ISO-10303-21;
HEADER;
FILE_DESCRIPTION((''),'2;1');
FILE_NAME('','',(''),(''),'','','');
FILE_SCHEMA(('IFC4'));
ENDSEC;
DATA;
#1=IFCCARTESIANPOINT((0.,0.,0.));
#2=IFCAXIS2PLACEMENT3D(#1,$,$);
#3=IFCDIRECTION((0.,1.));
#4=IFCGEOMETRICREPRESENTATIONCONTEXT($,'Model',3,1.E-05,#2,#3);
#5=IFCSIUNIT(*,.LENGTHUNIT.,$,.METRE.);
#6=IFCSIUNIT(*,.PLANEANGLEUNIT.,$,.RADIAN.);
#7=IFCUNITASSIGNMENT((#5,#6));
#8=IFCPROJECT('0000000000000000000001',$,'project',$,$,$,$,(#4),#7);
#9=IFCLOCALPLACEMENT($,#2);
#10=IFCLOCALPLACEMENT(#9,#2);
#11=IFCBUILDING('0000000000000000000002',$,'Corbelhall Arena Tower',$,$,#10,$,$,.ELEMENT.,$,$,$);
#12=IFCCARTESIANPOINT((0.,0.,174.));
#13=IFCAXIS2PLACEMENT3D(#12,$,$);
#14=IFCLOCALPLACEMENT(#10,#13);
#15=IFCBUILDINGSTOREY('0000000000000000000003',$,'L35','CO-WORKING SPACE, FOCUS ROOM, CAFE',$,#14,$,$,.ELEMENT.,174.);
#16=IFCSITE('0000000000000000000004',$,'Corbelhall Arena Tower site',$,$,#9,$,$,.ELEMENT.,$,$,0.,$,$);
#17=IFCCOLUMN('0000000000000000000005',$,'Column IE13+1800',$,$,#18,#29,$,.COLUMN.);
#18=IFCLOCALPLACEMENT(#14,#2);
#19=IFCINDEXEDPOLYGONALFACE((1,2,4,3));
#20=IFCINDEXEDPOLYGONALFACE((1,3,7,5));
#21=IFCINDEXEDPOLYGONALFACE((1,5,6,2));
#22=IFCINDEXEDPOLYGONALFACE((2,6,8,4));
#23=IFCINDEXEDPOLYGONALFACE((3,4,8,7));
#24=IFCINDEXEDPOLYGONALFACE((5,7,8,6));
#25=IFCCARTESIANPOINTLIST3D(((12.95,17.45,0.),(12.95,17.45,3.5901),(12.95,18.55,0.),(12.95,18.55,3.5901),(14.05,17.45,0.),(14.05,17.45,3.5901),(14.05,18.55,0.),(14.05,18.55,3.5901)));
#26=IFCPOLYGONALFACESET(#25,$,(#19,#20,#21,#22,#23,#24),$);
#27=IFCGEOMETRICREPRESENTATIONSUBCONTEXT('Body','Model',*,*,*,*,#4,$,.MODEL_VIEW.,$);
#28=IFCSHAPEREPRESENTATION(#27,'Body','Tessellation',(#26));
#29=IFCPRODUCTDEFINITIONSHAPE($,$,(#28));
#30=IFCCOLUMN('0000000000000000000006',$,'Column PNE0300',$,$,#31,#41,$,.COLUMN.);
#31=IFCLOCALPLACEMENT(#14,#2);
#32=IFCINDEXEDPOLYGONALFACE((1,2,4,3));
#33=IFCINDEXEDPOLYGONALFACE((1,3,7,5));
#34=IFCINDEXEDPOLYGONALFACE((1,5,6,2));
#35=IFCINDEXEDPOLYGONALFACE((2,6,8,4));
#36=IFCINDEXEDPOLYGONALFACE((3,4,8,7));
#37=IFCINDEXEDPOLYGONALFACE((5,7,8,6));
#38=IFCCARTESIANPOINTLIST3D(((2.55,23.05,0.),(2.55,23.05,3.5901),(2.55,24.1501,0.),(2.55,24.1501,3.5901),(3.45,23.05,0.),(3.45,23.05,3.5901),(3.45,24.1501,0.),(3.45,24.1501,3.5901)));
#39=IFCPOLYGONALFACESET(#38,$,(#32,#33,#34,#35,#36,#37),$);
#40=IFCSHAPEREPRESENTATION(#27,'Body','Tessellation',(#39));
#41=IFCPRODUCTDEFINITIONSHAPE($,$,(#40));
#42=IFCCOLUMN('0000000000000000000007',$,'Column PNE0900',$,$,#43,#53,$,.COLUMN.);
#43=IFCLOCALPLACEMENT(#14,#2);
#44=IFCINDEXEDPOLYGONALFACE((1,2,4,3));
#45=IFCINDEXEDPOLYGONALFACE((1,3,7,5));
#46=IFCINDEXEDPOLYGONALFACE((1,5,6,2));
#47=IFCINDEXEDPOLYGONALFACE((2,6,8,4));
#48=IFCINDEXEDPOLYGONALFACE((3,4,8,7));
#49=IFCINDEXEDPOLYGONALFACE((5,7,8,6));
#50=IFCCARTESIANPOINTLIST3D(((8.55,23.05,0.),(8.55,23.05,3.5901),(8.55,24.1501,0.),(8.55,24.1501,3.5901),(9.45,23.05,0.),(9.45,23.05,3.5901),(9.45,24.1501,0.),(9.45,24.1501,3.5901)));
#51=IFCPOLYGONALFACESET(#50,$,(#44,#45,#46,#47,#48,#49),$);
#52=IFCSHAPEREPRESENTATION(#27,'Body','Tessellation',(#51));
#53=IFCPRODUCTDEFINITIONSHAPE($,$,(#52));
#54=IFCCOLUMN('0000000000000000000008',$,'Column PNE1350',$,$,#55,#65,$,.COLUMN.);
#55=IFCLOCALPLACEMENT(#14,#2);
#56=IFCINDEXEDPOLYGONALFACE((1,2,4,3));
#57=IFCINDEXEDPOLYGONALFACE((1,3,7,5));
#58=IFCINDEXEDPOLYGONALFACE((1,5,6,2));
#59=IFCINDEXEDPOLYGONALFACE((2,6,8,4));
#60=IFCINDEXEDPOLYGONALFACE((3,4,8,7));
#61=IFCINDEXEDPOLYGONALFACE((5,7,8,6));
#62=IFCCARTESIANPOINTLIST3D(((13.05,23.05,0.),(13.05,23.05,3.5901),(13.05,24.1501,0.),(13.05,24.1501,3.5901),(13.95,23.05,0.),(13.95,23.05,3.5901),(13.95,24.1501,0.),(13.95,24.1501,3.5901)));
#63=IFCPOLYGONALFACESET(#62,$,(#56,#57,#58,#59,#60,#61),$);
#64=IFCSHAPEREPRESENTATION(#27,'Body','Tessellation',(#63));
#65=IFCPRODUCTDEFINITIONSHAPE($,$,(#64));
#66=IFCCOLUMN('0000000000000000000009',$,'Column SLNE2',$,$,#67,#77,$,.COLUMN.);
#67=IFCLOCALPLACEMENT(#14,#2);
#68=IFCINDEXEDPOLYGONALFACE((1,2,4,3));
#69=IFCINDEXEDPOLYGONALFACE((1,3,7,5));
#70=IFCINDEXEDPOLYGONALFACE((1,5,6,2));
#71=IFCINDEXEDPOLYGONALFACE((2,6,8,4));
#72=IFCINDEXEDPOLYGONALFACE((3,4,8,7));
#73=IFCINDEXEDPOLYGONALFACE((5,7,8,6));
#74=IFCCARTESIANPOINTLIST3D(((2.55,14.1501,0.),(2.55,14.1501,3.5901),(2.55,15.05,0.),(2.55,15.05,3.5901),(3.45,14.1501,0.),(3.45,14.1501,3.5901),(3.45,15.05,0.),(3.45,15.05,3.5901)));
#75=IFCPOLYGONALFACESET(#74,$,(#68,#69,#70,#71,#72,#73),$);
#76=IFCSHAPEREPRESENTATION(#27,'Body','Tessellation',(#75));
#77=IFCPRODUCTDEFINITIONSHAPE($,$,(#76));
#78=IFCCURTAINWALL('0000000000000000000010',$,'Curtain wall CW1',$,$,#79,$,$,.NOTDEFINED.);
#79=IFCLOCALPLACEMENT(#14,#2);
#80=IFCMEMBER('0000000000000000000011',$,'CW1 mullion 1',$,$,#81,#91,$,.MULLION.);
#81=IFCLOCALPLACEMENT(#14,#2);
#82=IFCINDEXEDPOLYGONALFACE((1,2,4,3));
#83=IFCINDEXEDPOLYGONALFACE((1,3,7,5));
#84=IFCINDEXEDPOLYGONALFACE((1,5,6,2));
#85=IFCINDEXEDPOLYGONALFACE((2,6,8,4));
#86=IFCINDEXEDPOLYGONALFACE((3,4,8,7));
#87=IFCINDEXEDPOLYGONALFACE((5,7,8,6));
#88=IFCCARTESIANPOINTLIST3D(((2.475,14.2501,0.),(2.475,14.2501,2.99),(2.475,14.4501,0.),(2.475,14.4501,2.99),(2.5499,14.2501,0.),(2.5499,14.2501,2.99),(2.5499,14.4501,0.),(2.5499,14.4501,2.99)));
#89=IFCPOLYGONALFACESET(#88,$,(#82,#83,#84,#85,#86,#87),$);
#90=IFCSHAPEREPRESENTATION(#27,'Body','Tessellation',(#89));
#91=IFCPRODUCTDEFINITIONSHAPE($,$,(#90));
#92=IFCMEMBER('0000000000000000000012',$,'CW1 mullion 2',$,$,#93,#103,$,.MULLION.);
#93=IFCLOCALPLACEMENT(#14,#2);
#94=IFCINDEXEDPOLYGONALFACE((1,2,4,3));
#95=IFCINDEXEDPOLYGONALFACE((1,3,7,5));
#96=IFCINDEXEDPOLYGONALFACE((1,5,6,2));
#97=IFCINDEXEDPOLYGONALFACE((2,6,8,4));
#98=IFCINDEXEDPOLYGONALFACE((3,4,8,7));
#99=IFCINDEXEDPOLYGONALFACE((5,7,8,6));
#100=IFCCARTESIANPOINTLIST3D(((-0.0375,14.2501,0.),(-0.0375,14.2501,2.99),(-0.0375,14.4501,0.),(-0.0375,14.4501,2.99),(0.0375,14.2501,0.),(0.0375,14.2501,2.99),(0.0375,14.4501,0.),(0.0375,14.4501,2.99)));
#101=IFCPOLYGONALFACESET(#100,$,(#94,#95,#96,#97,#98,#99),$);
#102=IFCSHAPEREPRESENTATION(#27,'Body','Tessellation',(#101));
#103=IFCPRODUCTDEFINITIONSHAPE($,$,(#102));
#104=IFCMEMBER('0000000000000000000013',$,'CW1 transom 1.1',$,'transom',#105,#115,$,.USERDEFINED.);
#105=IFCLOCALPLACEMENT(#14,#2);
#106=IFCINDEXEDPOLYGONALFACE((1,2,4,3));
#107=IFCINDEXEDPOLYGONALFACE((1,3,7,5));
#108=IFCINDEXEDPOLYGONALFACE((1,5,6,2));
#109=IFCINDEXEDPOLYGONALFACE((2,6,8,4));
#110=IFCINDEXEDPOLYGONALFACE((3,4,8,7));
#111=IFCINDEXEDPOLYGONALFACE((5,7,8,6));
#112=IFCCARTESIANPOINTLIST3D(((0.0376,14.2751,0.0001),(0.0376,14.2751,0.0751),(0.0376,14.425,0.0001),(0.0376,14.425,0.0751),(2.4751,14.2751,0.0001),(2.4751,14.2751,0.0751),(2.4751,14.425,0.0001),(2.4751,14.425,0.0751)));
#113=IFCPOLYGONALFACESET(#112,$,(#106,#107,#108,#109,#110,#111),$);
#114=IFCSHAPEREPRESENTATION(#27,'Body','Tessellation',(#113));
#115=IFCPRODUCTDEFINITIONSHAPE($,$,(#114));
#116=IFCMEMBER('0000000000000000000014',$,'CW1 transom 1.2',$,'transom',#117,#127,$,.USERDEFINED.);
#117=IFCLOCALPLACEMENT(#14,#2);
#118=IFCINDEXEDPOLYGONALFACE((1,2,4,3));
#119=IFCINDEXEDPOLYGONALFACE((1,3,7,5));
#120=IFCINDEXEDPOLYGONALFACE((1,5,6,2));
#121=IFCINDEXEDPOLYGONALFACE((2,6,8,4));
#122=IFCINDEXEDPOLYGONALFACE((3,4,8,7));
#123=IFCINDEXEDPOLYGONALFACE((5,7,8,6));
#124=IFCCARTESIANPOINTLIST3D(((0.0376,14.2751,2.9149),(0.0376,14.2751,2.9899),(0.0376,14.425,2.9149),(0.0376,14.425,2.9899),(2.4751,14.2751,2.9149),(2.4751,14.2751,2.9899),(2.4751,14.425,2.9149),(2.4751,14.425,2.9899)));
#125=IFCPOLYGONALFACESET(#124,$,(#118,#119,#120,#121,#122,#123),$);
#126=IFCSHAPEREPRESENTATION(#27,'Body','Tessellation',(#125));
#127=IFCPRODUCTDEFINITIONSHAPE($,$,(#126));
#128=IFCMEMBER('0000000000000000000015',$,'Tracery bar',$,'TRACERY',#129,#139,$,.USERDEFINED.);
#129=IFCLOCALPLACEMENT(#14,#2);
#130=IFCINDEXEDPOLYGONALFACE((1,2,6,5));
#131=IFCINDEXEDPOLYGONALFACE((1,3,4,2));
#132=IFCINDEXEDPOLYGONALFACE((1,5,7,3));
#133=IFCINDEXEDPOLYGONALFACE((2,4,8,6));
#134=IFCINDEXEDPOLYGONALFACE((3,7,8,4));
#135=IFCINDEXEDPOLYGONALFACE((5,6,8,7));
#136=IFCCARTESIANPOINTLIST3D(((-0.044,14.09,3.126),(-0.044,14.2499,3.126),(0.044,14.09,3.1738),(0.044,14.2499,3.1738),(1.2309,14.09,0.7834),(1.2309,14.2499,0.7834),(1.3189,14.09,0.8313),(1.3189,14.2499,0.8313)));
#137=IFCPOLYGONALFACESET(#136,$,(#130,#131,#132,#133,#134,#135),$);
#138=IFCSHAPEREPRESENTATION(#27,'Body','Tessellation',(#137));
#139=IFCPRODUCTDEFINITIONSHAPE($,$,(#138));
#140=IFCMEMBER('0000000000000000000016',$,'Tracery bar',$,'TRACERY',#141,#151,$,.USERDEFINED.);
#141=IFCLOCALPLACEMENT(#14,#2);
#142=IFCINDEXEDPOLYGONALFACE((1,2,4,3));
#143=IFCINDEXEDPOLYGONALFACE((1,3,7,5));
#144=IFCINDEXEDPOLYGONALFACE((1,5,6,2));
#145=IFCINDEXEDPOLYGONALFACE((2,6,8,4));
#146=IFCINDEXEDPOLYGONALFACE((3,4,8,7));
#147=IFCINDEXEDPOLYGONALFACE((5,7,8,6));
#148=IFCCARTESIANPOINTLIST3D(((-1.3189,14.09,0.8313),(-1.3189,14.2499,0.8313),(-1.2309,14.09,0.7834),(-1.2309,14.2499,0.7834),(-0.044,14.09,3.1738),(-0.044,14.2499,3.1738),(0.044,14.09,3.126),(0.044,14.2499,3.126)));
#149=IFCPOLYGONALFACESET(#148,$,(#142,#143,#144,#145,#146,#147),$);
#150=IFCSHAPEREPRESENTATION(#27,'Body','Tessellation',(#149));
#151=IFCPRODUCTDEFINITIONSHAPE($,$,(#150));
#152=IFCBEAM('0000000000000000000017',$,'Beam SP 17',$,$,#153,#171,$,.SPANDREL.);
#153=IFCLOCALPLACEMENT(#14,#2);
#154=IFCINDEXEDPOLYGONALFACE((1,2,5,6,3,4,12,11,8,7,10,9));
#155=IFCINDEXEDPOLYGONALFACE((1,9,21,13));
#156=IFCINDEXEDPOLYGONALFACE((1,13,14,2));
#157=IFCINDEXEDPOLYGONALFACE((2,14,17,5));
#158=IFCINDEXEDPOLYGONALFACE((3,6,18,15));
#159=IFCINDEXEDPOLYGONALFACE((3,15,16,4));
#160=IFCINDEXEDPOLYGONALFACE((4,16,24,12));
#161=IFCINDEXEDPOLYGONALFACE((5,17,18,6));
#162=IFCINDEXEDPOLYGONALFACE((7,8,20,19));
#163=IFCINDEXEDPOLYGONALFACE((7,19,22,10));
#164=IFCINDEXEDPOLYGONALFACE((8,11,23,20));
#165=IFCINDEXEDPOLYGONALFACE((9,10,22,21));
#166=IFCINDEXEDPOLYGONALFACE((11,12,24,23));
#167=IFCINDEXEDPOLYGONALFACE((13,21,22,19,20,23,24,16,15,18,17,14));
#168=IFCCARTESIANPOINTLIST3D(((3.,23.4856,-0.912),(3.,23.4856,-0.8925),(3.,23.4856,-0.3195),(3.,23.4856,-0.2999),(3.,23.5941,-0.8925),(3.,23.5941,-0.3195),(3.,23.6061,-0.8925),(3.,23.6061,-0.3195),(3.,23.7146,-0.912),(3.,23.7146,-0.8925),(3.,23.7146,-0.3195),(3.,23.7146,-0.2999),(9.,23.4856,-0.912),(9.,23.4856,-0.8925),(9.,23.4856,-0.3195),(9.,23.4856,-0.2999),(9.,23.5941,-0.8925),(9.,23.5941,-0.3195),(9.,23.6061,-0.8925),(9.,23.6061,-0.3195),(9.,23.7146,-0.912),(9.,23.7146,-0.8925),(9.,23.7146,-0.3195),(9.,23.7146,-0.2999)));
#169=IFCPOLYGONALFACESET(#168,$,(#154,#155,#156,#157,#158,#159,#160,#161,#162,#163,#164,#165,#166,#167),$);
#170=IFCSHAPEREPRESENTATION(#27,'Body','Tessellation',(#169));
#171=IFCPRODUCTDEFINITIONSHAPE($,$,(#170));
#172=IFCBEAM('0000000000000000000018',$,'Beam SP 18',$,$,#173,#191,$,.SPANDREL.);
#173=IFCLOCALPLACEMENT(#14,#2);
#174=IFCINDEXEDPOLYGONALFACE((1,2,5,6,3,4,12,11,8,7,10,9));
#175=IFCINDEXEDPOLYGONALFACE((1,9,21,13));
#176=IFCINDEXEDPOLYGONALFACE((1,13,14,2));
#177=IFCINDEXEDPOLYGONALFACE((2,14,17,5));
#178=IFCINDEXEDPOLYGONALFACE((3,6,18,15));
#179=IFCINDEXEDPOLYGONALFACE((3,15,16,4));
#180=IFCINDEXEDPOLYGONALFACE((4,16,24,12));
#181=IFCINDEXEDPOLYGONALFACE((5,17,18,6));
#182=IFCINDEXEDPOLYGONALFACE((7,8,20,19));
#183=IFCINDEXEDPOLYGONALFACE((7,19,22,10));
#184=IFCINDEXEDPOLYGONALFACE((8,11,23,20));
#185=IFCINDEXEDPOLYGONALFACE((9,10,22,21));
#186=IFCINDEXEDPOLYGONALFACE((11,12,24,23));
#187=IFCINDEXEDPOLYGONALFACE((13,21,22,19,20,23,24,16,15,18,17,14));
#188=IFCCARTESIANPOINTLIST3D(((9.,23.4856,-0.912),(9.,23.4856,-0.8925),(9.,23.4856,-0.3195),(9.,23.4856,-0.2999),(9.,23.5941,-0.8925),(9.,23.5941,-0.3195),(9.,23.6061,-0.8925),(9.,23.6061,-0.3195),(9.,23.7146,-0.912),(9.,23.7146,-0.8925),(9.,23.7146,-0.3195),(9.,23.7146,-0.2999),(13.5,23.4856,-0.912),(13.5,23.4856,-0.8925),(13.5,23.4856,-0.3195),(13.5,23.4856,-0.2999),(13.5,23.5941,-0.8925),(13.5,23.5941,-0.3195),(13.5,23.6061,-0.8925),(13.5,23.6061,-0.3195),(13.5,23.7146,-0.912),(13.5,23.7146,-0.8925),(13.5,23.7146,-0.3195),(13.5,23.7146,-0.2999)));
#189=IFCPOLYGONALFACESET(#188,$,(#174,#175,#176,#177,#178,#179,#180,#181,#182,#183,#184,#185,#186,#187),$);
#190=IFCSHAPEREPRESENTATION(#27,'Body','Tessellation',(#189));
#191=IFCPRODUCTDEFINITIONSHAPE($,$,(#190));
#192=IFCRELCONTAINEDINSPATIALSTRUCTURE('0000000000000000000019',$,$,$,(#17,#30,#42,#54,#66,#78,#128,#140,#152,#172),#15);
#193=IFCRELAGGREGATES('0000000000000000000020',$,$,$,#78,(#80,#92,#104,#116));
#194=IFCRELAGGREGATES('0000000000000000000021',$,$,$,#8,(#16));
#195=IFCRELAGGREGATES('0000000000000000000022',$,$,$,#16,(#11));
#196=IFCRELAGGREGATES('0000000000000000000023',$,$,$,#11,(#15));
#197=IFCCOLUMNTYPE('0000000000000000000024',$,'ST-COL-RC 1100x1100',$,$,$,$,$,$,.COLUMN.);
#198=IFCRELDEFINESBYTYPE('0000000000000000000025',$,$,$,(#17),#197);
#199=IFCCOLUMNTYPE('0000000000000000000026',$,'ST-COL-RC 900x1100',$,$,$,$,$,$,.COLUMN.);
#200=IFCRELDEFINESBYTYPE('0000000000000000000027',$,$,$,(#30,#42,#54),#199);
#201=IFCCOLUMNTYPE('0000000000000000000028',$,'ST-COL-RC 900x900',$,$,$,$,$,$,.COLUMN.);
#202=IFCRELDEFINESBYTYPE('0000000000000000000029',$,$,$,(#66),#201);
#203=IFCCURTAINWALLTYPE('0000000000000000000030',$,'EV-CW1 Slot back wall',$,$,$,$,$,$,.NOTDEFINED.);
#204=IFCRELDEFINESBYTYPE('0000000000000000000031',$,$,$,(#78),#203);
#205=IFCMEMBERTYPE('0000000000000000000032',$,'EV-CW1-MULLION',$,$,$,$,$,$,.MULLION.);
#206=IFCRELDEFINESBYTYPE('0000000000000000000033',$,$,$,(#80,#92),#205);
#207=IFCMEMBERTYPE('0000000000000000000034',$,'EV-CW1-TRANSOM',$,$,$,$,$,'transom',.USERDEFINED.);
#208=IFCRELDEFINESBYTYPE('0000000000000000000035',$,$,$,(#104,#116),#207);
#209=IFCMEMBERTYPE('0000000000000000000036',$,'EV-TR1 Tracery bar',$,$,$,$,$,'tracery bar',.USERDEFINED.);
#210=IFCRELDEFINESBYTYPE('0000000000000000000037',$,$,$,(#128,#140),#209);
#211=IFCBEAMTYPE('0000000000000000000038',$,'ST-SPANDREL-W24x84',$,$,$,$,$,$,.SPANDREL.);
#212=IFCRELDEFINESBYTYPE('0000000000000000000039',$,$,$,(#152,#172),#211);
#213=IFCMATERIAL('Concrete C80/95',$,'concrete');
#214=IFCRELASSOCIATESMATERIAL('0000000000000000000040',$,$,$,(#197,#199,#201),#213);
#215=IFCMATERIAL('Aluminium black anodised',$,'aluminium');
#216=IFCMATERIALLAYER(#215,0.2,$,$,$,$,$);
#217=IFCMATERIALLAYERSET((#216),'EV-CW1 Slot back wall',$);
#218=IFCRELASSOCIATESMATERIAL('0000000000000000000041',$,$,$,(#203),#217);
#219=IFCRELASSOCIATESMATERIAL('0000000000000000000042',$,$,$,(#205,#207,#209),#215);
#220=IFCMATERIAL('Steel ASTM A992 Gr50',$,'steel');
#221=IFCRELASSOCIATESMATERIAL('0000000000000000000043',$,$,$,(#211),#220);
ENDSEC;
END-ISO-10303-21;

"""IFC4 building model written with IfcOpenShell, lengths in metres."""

from ifc_helpers import new_model, si_unit, direction, frame, origin, origin_2d, place, context, subcontext, project, spatial, rectangle, i_section, extrude, material, layer, layer_set, material_profile, profile_set, type_object, element, aggregate, save


model = new_model("IFC4")

# Units and contexts
model_context = context("Model", 3, precision=1e-05, world=origin(), true_north=direction((0.0, 1.0)))
body_context = subcontext(model_context, "Body", "Model", "MODEL_VIEW")
ifc_project = project(units=[si_unit("LENGTHUNIT", "METRE"), si_unit("PLANEANGLEUNIT", "RADIAN")], contexts=[model_context])

# Site, building, storey
site_placement = place(None, origin())
site = spatial("IfcSite", under=ifc_project, at=site_placement, Name="Corbelhall Arena Tower site", CompositionType="ELEMENT", RefElevation=0.0)
building_placement = place(site_placement, origin())
building = spatial("IfcBuilding", under=site, at=building_placement, Name="Corbelhall Arena Tower", CompositionType="ELEMENT")
storey_placement = place(building_placement, frame((0.0, 0.0, 174.0)))
storey = spatial("IfcBuildingStorey", under=building, at=storey_placement, Name="L35", Description="CO-WORKING SPACE, FOCUS ROOM, CAFE", CompositionType="ELEMENT", Elevation=174.0)

# Columns
ifc_material_1 = material(Name="Concrete C80/95", Category="concrete")
ifc_material_profile_1 = material_profile(ifc_material_1, rectangle(XDim=1.1001, YDim=1.1001, at=origin_2d()))
ifc_profile_set_1 = profile_set([ifc_material_profile_1], Name="Concrete C80/95")
column_type_1 = type_object("IfcColumnType", Name="ST-COL-RC 1100x1100", PredefinedType="COLUMN", material=ifc_profile_set_1)
column_1_placement = place(storey_placement, frame((13.5, 18.0, 0.0), z_axis=(0.0, 0.0, 1.0), x_axis=(1.0, 0.0, 0.0)))
element("IfcColumn", 1, at=column_1_placement, inside=storey, type_object=column_type_1, Name="Column IE13+1800", PredefinedType="COLUMN", context=body_context, shape_type="SweptSolid", body=[
    extrude(rectangle(XDim=1.1001, YDim=1.1001, at=origin_2d()), origin(), (0.0, 0.0, 1.0), 3.5901),
])
ifc_material_profile_2 = material_profile(ifc_material_1, rectangle(XDim=0.8999, YDim=1.1001, at=origin_2d()))
ifc_profile_set_2 = profile_set([ifc_material_profile_2], Name="Concrete C80/95")
column_type_2 = type_object("IfcColumnType", Name="ST-COL-RC 900x1100", PredefinedType="COLUMN", material=ifc_profile_set_2)
for number, where, z_axis, x_axis, name in (
    (2, (3.0, 23.6001, 0.0), (0.0, 0.0, 1.0), (1.0, 0.0, 0.0), "Column PNE0300"),
    (3, (9.0, 23.6001, 0.0), (0.0, 0.0, 1.0), (1.0, 0.0, 0.0), "Column PNE0900"),
    (4, (13.5, 23.6001, 0.0), (0.0, 0.0, 1.0), (1.0, 0.0, 0.0), "Column PNE1350"),
):
    element("IfcColumn", number, at=place(storey_placement, frame(where, z_axis=z_axis, x_axis=x_axis)), inside=storey, type_object=column_type_2, Name=name, PredefinedType="COLUMN", context=body_context, shape_type="SweptSolid", body=[
        extrude(rectangle(XDim=0.8999, YDim=1.1001, at=origin_2d()), origin(), (0.0, 0.0, 1.0), 3.5901),
    ])
ifc_material_profile_3 = material_profile(ifc_material_1, rectangle(XDim=0.8999, YDim=0.8999, at=origin_2d()))
ifc_profile_set_3 = profile_set([ifc_material_profile_3], Name="Concrete C80/95")
column_type_3 = type_object("IfcColumnType", Name="ST-COL-RC 900x900", PredefinedType="COLUMN", material=ifc_profile_set_3)
column_2_placement = place(storey_placement, frame((3.0, 14.6001, 0.0), z_axis=(0.0, 0.0, 1.0), x_axis=(1.0, 0.0, 0.0)))
element("IfcColumn", 5, at=column_2_placement, inside=storey, type_object=column_type_3, Name="Column SLNE2", PredefinedType="COLUMN", context=body_context, shape_type="SweptSolid", body=[
    extrude(rectangle(XDim=0.8999, YDim=0.8999, at=origin_2d()), origin(), (0.0, 0.0, 1.0), 3.5901),
])

# Curtain wall, members
ifc_material_2 = material(Name="Aluminium black anodised", Category="aluminium")
ifc_layer_1 = layer(ifc_material_2, 0.2)
ifc_layer_set_1 = layer_set([ifc_layer_1], Name="EV-CW1 Slot back wall")
curtain_wall_type = type_object("IfcCurtainWallType", Name="EV-CW1 Slot back wall", PredefinedType="NOTDEFINED", material=ifc_layer_set_1)
curtain_wall_placement = place(storey_placement, origin())
curtain_wall = element("IfcCurtainWall", 6, at=curtain_wall_placement, inside=storey, type_object=curtain_wall_type, Name="Curtain wall CW1", PredefinedType="NOTDEFINED")
ifc_material_profile_4 = material_profile(ifc_material_2, rectangle(XDim=0.2, YDim=0.075, at=origin_2d()))
ifc_profile_set_4 = profile_set([ifc_material_profile_4], Name="Aluminium black anodised")
member_type_1 = type_object("IfcMemberType", Name="EV-CW1-MULLION", PredefinedType="MULLION", material=ifc_profile_set_4)
member_1_placement = place(storey_placement, frame((2.5125, 14.3501, 0.0), z_axis=(0.0, 0.0, 1.0), x_axis=(0.0, -1.0, 0.0)))
member_1 = element("IfcMember", 7, at=member_1_placement, type_object=member_type_1, Name="CW1 mullion 1", PredefinedType="MULLION", context=body_context, shape_type="SweptSolid", body=[
    extrude(rectangle(XDim=0.2, YDim=0.075, at=origin_2d()), origin(), (0.0, 0.0, 1.0), 2.99),
])
member_2_placement = place(storey_placement, frame((0.0, 14.3501, 0.0), z_axis=(0.0, 0.0, 1.0), x_axis=(0.0, -1.0, 0.0)))
member_2 = element("IfcMember", 8, at=member_2_placement, type_object=member_type_1, Name="CW1 mullion 2", PredefinedType="MULLION", context=body_context, shape_type="SweptSolid", body=[
    extrude(rectangle(XDim=0.2, YDim=0.075, at=origin_2d()), origin(), (0.0, 0.0, 1.0), 2.99),
])
ifc_material_profile_5 = material_profile(ifc_material_2, rectangle(XDim=0.1499, YDim=0.075, at=origin_2d()))
ifc_profile_set_5 = profile_set([ifc_material_profile_5], Name="Aluminium black anodised")
member_type_2 = type_object("IfcMemberType", Name="EV-CW1-TRANSOM", ElementType="transom", PredefinedType="USERDEFINED", material=ifc_profile_set_5)
member_3_placement = place(storey_placement, frame((2.4751, 14.3501, 0.0376), z_axis=(-1.0, 0.0, 0.0), x_axis=(0.0, -1.0, 0.0)))
member_3 = element("IfcMember", 9, at=member_3_placement, type_object=member_type_2, Name="CW1 transom 1.1", ObjectType="transom", PredefinedType="USERDEFINED", context=body_context, shape_type="SweptSolid", body=[
    extrude(rectangle(XDim=0.1499, YDim=0.075, at=origin_2d()), origin(), (0.0, 0.0, 1.0), 2.4375),
])
member_4_placement = place(storey_placement, frame((2.4751, 14.3501, 2.9524), z_axis=(-1.0, 0.0, 0.0), x_axis=(0.0, -1.0, 0.0)))
member_4 = element("IfcMember", 10, at=member_4_placement, type_object=member_type_2, Name="CW1 transom 1.2", ObjectType="transom", PredefinedType="USERDEFINED", context=body_context, shape_type="SweptSolid", body=[
    extrude(rectangle(XDim=0.1499, YDim=0.075, at=origin_2d()), origin(), (0.0, 0.0, 1.0), 2.4375),
])

# Members
ifc_material_profile_6 = material_profile(ifc_material_2, rectangle(XDim=0.1599, YDim=0.1001, at=origin_2d()))
ifc_profile_set_6 = profile_set([ifc_material_profile_6], Name="Aluminium black anodised")
member_type_3 = type_object("IfcMemberType", Name="EV-TR1 Tracery bar", ElementType="tracery bar", PredefinedType="USERDEFINED", material=ifc_profile_set_6)
for number, where, z_axis, x_axis, name in (
    (11, (1.2749, 14.1699, 0.8074), (-0.478031, 0.0, 0.878343), (0.0, -1.0, 0.0), "Tracery bar"),
    (12, (0.0, 14.1699, 3.1499), (-0.478031, 0.0, -0.878343), (0.0, -1.0, 0.0), "Tracery bar"),
):
    element("IfcMember", number, at=place(storey_placement, frame(where, z_axis=z_axis, x_axis=x_axis)), inside=storey, type_object=member_type_3, Name=name, ObjectType="TRACERY", PredefinedType="USERDEFINED", context=body_context, shape_type="SweptSolid", body=[
        extrude(rectangle(XDim=0.1599, YDim=0.1001, at=origin_2d()), origin(), (0.0, 0.0, 1.0), 2.667),
    ])

# Beams
ifc_material_3 = material(Name="Steel ASTM A992 Gr50", Category="steel")
ifc_material_profile_7 = material_profile(ifc_material_3, i_section(OverallWidth=0.229, OverallDepth=0.6121, WebThickness=0.012, FlangeThickness=0.0195, at=origin_2d()))
ifc_profile_set_7 = profile_set([ifc_material_profile_7], Name="Steel ASTM A992 Gr50")
beam_type_1 = type_object("IfcBeamType", Name="ST-SPANDREL-W24x84", PredefinedType="SPANDREL", material=ifc_profile_set_7)
beam_1_placement = place(storey_placement, frame((3.0, 23.6001, -0.606), z_axis=(1.0, 0.0, 0.0), x_axis=(0.0, 1.0, 0.0)))
element("IfcBeam", 13, at=beam_1_placement, inside=storey, type_object=beam_type_1, Name="Beam SP 17", PredefinedType="SPANDREL", context=body_context, shape_type="SweptSolid", body=[
    extrude(i_section(OverallWidth=0.229, OverallDepth=0.6121, WebThickness=0.012, FlangeThickness=0.0195, at=origin_2d()), origin(), (0.0, 0.0, 1.0), 6.0),
])
for number, where, z_axis, x_axis, name in (
    (14, (9.0, 23.6001, -0.606), (1.0, 0.0, 0.0), (0.0, 1.0, 0.0), "Beam SP 18"),
):
    element("IfcBeam", number, at=place(storey_placement, frame(where, z_axis=z_axis, x_axis=x_axis)), inside=storey, type_object=beam_type_1, Name=name, PredefinedType="SPANDREL", context=body_context, shape_type="SweptSolid", body=[
        extrude(i_section(OverallWidth=0.229, OverallDepth=0.6121, WebThickness=0.012, FlangeThickness=0.0195, at=origin_2d()), origin(), (0.0, 0.0, 1.0), 4.5),
    ])

aggregate(curtain_wall, [member_1, member_2, member_3, member_4])

save(model, "model.ifc")
